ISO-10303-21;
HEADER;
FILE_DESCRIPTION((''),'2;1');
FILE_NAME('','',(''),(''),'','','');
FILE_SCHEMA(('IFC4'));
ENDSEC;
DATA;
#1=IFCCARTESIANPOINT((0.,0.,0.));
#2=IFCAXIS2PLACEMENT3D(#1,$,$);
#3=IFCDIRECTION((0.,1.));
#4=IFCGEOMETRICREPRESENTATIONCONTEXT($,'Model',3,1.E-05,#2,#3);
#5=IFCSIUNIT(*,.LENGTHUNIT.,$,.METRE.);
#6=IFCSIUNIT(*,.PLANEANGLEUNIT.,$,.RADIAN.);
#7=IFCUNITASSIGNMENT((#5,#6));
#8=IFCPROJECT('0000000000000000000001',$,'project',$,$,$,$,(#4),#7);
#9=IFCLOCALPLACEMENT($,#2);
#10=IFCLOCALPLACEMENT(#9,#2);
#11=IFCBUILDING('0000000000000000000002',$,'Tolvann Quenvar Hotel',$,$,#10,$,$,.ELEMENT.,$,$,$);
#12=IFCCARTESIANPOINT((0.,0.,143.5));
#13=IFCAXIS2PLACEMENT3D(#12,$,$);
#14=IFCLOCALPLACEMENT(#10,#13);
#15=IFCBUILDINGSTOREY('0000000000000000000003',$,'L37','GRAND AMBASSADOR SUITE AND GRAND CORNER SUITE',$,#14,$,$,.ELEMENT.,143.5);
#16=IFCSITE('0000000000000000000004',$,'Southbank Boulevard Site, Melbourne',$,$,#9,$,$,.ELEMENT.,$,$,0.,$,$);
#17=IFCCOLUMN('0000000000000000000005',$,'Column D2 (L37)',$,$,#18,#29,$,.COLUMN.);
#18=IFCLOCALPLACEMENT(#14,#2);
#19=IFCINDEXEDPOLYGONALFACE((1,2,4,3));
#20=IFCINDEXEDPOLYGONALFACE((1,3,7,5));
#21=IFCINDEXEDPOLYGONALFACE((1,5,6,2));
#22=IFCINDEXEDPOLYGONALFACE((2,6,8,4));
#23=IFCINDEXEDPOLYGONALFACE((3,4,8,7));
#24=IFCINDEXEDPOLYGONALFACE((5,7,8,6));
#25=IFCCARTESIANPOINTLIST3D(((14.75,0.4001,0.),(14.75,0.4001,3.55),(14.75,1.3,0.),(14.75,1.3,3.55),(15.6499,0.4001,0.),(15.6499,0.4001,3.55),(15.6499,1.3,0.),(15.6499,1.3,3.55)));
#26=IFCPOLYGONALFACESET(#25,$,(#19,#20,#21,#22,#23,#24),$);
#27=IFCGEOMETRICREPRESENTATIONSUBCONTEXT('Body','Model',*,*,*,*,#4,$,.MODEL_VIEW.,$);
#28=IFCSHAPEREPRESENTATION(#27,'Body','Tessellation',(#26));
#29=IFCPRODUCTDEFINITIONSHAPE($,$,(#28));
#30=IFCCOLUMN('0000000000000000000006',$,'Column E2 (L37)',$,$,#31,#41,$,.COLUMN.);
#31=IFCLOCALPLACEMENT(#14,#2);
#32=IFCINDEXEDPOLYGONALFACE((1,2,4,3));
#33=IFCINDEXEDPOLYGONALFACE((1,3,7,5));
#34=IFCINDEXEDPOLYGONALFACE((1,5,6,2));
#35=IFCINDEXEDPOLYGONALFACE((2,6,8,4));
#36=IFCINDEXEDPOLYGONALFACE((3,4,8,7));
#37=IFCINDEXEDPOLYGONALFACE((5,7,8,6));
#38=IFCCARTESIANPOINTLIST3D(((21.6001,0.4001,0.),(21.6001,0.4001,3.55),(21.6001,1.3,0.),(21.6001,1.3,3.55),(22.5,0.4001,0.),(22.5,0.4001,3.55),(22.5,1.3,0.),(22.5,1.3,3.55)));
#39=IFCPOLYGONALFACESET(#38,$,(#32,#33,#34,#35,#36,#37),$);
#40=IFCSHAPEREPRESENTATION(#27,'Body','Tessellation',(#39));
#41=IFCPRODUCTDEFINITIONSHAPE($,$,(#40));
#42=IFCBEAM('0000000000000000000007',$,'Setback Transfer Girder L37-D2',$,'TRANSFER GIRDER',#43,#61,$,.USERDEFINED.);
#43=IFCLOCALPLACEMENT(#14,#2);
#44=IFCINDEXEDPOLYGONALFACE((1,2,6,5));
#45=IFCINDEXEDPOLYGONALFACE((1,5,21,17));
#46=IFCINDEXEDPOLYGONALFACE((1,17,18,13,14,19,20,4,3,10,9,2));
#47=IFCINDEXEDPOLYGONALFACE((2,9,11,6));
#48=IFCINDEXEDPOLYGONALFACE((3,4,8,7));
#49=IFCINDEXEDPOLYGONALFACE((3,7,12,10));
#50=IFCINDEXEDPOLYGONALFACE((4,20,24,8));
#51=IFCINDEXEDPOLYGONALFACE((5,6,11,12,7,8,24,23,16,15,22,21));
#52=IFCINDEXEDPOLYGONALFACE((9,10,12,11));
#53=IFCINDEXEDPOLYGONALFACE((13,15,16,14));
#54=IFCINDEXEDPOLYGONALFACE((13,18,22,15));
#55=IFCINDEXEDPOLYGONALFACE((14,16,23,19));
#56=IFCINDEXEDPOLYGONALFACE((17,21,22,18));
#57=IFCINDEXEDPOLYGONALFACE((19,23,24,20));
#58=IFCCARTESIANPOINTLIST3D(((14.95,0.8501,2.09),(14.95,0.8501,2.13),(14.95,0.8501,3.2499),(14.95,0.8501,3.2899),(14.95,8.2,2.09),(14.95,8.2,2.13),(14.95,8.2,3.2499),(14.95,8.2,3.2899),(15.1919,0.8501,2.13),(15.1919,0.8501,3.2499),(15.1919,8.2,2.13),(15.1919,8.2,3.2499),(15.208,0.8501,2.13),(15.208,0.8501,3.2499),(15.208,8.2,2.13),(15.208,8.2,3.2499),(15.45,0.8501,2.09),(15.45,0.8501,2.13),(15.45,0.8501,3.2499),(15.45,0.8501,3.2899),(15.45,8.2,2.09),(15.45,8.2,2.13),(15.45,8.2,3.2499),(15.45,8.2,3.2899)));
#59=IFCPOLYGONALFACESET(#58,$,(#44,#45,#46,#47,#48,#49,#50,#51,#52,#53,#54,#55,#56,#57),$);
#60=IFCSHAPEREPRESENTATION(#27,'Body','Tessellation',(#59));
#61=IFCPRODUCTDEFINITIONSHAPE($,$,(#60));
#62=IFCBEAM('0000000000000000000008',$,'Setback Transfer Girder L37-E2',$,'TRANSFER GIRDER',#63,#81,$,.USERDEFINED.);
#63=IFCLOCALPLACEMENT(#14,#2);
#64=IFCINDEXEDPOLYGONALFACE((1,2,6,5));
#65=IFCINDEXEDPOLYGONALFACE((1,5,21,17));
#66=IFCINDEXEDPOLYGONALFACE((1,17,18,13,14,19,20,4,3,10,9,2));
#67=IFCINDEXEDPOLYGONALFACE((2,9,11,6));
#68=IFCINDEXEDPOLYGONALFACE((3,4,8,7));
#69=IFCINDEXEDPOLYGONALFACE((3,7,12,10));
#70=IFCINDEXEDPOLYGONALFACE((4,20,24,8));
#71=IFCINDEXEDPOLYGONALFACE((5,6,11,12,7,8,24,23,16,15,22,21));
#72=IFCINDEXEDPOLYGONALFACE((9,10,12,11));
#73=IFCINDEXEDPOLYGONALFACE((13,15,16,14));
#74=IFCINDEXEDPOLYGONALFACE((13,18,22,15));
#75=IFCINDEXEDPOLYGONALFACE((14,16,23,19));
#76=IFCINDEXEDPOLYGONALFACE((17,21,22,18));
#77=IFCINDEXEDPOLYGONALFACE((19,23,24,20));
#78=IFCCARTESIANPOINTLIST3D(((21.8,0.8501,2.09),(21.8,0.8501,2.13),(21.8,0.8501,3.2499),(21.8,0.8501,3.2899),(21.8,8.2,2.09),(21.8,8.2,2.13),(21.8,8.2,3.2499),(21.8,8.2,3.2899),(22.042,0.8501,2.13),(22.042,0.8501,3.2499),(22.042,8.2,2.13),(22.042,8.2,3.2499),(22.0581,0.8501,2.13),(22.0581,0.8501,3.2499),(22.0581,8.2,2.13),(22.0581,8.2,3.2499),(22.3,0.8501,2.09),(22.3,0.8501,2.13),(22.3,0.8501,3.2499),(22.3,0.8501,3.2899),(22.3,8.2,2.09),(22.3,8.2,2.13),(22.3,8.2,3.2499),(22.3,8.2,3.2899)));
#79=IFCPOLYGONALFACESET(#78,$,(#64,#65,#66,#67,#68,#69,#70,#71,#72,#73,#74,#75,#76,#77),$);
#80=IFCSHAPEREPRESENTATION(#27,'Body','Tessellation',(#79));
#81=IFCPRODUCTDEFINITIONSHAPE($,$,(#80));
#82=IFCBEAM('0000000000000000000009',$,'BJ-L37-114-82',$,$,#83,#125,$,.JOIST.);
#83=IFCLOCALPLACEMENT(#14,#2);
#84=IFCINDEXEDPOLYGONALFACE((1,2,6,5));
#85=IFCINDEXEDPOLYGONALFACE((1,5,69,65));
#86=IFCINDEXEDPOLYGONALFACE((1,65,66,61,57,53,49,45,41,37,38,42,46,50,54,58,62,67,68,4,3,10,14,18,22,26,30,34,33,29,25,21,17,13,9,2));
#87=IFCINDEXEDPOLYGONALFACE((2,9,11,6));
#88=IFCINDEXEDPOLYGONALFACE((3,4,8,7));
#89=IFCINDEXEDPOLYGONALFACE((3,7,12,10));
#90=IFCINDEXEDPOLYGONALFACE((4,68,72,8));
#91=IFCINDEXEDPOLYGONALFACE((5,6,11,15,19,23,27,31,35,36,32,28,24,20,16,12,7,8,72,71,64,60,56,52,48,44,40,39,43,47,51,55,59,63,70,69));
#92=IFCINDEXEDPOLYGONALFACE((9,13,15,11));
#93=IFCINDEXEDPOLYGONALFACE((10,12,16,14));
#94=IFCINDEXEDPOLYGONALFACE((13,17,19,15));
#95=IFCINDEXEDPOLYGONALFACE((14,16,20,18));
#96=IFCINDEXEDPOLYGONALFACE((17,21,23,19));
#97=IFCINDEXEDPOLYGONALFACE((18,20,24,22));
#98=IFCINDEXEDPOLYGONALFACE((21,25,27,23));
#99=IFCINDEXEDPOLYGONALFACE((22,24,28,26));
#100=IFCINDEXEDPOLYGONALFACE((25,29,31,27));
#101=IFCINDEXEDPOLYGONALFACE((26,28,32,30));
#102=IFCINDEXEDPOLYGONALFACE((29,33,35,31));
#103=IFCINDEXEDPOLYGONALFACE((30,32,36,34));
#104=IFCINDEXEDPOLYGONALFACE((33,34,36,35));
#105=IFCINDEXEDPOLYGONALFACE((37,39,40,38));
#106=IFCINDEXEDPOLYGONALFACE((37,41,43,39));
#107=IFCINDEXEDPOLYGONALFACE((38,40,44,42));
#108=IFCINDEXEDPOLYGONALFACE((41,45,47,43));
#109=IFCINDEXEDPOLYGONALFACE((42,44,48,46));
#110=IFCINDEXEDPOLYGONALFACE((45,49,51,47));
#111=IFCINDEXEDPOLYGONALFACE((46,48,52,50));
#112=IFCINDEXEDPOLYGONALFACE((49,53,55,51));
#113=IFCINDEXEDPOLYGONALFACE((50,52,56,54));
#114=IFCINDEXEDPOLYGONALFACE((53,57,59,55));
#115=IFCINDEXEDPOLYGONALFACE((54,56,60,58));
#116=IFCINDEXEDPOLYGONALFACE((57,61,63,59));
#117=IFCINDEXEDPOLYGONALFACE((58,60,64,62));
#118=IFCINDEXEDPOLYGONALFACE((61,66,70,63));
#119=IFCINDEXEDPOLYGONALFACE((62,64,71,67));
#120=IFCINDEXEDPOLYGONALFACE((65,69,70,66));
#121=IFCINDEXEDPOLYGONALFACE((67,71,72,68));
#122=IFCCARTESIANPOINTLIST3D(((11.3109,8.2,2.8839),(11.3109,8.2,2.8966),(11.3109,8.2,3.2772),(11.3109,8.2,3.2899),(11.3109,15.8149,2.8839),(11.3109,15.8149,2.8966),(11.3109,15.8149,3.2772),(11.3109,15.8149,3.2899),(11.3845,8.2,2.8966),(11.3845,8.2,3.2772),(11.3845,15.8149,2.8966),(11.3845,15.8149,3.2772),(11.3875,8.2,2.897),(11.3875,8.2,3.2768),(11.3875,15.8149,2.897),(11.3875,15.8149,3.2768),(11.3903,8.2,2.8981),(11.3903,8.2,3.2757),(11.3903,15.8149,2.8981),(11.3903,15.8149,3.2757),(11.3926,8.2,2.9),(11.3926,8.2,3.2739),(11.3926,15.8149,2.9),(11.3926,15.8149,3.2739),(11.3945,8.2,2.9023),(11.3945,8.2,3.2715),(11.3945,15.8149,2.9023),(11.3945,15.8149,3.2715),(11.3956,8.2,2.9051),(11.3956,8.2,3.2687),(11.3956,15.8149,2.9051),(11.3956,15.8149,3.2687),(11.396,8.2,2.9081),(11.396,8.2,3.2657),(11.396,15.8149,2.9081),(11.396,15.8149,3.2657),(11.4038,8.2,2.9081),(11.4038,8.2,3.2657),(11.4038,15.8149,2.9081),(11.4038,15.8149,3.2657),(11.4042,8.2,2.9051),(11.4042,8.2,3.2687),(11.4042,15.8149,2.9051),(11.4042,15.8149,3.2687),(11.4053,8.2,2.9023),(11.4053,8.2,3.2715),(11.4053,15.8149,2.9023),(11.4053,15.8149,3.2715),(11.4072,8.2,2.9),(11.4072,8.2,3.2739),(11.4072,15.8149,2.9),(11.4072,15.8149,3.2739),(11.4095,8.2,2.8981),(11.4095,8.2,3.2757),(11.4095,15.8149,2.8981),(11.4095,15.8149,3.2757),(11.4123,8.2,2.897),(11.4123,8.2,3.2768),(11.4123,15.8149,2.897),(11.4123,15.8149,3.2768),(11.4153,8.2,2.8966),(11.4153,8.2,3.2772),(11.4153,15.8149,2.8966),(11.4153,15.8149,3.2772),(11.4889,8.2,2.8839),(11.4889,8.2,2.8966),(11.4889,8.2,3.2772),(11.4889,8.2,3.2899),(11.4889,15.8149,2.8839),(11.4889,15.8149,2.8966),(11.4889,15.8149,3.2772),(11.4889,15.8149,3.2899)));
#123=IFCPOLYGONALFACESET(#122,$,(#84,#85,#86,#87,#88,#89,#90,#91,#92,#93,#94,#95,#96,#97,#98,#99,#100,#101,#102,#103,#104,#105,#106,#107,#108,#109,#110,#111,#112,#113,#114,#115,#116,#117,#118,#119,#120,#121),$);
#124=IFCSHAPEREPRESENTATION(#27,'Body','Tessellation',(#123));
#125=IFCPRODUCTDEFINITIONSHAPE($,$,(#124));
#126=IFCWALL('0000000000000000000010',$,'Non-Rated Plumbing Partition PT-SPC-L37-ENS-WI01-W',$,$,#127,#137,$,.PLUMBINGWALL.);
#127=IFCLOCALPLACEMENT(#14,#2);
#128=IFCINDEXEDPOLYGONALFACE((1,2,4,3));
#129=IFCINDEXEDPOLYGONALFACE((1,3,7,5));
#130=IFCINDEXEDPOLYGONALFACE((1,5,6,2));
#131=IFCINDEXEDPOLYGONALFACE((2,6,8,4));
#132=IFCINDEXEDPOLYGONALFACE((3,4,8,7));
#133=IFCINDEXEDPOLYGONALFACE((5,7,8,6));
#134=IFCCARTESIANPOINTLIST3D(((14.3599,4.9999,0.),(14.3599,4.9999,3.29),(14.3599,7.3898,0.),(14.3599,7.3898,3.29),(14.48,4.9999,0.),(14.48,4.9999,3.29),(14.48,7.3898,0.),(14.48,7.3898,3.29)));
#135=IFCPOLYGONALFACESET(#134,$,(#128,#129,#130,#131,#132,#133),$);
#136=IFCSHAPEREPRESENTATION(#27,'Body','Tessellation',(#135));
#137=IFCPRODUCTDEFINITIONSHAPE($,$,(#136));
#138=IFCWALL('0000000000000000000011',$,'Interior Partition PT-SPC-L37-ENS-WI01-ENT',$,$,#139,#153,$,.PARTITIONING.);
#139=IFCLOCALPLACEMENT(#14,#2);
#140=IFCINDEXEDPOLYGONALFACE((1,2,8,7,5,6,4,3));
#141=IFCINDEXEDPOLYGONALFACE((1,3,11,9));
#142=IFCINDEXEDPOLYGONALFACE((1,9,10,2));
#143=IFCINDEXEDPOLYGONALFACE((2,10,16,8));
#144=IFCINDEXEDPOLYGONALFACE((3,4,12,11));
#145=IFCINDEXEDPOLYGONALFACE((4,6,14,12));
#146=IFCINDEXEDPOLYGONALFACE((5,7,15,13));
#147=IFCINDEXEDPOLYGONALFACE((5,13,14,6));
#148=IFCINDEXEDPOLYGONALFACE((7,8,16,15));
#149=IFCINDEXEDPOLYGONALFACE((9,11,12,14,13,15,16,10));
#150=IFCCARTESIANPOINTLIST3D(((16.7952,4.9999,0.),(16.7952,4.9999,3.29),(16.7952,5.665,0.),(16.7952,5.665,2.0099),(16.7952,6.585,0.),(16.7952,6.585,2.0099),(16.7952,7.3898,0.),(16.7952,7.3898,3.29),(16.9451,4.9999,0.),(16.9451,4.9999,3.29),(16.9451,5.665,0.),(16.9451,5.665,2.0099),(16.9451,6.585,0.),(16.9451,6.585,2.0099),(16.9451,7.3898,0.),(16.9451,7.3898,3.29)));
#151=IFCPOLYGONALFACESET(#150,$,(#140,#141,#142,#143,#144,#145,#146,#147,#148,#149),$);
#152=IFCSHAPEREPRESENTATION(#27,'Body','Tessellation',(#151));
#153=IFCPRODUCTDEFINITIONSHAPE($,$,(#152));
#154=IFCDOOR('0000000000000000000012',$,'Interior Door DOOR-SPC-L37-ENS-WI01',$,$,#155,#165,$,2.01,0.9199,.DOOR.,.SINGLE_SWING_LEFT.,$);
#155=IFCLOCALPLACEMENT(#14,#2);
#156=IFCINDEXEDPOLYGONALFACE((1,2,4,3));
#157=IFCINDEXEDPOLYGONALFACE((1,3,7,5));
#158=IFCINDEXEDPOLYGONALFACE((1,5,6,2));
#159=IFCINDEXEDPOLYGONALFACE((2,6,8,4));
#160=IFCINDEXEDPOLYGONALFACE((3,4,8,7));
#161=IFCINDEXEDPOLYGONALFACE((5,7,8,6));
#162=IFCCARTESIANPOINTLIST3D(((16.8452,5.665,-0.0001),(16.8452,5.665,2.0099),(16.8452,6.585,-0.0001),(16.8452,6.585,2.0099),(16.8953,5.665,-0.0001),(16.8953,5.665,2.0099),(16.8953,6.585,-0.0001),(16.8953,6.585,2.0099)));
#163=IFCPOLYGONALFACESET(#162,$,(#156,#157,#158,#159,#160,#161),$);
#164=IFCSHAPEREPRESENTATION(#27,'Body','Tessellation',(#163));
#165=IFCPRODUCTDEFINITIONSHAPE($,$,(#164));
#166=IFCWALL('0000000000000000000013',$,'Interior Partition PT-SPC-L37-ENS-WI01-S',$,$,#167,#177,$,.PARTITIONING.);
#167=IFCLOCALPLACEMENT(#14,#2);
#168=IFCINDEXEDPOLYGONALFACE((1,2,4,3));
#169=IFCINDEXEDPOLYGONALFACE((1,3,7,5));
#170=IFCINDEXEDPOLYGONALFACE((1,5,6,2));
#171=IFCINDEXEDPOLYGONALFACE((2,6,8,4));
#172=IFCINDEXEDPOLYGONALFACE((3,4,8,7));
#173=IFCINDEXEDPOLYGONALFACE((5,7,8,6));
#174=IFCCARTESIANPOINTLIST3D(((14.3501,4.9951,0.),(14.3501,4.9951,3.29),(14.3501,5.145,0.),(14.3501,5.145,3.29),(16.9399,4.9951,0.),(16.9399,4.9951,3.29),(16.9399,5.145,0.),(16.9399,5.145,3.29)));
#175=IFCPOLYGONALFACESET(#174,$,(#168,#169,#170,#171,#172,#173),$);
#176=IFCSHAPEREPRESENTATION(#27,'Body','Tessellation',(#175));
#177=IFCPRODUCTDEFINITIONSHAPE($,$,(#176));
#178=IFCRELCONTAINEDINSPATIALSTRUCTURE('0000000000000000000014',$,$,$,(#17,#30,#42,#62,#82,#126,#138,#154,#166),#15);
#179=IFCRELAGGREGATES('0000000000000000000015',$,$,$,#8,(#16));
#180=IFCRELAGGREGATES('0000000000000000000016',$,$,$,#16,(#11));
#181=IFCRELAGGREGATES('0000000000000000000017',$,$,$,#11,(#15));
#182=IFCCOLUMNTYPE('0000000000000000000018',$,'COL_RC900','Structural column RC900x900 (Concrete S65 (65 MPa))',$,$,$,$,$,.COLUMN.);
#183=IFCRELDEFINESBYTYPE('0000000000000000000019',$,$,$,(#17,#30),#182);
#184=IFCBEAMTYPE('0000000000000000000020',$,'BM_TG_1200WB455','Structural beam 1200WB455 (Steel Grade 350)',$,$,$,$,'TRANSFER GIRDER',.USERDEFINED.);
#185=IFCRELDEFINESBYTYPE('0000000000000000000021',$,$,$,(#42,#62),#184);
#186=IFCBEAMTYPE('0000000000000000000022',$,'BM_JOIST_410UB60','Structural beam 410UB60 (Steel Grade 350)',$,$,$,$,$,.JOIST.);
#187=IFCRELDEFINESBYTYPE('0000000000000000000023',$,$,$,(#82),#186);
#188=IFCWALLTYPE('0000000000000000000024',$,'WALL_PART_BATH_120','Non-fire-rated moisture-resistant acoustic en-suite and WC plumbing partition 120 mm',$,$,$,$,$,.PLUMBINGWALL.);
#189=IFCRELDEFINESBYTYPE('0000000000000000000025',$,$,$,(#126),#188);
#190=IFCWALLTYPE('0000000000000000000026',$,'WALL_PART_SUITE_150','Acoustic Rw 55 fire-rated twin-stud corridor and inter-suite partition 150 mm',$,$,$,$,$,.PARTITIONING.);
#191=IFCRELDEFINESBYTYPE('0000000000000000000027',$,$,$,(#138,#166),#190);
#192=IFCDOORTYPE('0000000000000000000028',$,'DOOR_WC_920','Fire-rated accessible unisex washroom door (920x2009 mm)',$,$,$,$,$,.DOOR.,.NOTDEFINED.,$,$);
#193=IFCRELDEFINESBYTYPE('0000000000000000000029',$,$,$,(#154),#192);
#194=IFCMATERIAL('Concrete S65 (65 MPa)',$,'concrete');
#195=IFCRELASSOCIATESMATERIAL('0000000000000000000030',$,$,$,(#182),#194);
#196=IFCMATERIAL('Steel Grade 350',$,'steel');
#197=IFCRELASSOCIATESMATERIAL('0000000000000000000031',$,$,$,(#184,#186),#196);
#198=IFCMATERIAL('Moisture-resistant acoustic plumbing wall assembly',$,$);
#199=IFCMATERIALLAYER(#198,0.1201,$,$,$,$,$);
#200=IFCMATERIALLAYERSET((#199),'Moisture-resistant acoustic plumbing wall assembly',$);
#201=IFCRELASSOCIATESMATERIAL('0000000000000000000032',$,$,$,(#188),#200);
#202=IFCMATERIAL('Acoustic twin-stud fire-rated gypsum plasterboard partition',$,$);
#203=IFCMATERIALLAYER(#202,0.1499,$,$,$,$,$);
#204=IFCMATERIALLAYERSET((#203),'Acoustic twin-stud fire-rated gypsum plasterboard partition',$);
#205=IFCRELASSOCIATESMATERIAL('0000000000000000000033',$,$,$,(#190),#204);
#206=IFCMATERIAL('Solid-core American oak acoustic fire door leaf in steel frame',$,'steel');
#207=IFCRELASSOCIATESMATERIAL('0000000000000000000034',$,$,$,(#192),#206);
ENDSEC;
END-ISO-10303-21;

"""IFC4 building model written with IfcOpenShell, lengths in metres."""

from ifc_helpers import new_model, si_unit, direction, frame, frame_2d, origin, origin_2d, place, context, subcontext, project, spatial, rectangle, i_section, extrude, source, transform, mapped, material, layer, layer_set, material_profile, profile_set, type_object, type_shapes, element, fill, save


model = new_model("IFC4")

# Units and contexts
model_context = context("Model", 3, precision=1e-05, world=origin(), true_north=direction((0.0, 1.0)))
body_context = subcontext(model_context, "Body", "Model", "MODEL_VIEW")
ifc_project = project(units=[si_unit("LENGTHUNIT", "METRE"), si_unit("PLANEANGLEUNIT", "RADIAN")], contexts=[model_context])

# Site, building, storey
site_placement = place(None, origin())
site = spatial("IfcSite", under=ifc_project, at=site_placement, Name="Southbank Boulevard Site, Melbourne", CompositionType="ELEMENT", RefElevation=0.0)
building_placement = place(site_placement, origin())
building = spatial("IfcBuilding", under=site, at=building_placement, Name="Tolvann Quenvar Hotel", CompositionType="ELEMENT")
storey_placement = place(building_placement, frame((0.0, 0.0, 143.5)))
storey = spatial("IfcBuildingStorey", under=building, at=storey_placement, Name="L37", Description="GRAND AMBASSADOR SUITE AND GRAND CORNER SUITE", CompositionType="ELEMENT", Elevation=143.5)

# Columns
ifc_material_1 = material(Name="Concrete S65 (65 MPa)", Category="concrete")
ifc_material_profile_1 = material_profile(ifc_material_1, rectangle(XDim=0.8999, YDim=0.8999, at=origin_2d()), Name="RC900x900")
ifc_profile_set_1 = profile_set([ifc_material_profile_1], Name="Concrete S65 (65 MPa)")
column_type = type_object("IfcColumnType", Name="COL_RC900", Description="Structural column RC900x900 (Concrete S65 (65 MPa))", PredefinedType="COLUMN", material=ifc_profile_set_1)
shared_shape_1 = source(origin(), body_context, "Body", "SweptSolid", [
    extrude(rectangle(XDim=0.8999, YDim=0.8999, at=origin_2d()), origin(), (0.0, 0.0, 1.0), 3.55),
])
type_shapes(column_type, [shared_shape_1])
for number, where, z_axis, x_axis, name in (
    (1, (15.2, 0.8501, 0.0), (0.0, 0.0, 1.0), (1.0, 0.0, 0.0), "Column D2 (L37)"),
    (2, (22.05, 0.8501, 0.0), (0.0, 0.0, 1.0), (1.0, 0.0, 0.0), "Column E2 (L37)"),
):
    element("IfcColumn", number, at=place(storey_placement, frame(where, z_axis=z_axis, x_axis=x_axis)), inside=storey, type_object=column_type, Name=name, PredefinedType="COLUMN", context=body_context, shape_type="MappedRepresentation", body=[
        mapped(shared_shape_1, transform((0.0, 0.0, 0.0), x_axis=(1.0, 0.0, 0.0), y_axis=(0.0, 1.0, 0.0), z_axis=(0.0, 0.0, 1.0), scale=1.0)),
    ])

# Beams
ifc_material_2 = material(Name="Steel Grade 350", Category="steel")
ifc_material_profile_2 = material_profile(ifc_material_2, i_section(OverallWidth=0.5, OverallDepth=1.2, WebThickness=0.0161, FlangeThickness=0.04, at=origin_2d()), Name="1200WB455")
ifc_profile_set_2 = profile_set([ifc_material_profile_2], Name="Steel Grade 350")
beam_type_1 = type_object("IfcBeamType", Name="BM_TG_1200WB455", Description="Structural beam 1200WB455 (Steel Grade 350)", ElementType="TRANSFER GIRDER", PredefinedType="USERDEFINED", material=ifc_profile_set_2)
shared_shape_2 = source(origin(), body_context, "Body", "SweptSolid", [
    extrude(i_section(OverallWidth=0.5, OverallDepth=1.2, WebThickness=0.0161, FlangeThickness=0.04, at=origin_2d()), origin(), (0.0, 0.0, 1.0), 7.3499),
])
type_shapes(beam_type_1, [shared_shape_2])
for number, where, z_axis, x_axis, name in (
    (3, (15.2, 0.8501, 2.6899), (0.0, 1.0, 0.0), (-1.0, 0.0, 0.0), "Setback Transfer Girder L37-D2"),
    (4, (22.05, 0.8501, 2.6899), (0.0, 1.0, 0.0), (-1.0, 0.0, 0.0), "Setback Transfer Girder L37-E2"),
):
    element("IfcBeam", number, at=place(storey_placement, frame(where, z_axis=z_axis, x_axis=x_axis)), inside=storey, type_object=beam_type_1, Name=name, ObjectType="TRANSFER GIRDER", PredefinedType="USERDEFINED", context=body_context, shape_type="MappedRepresentation", body=[
        mapped(shared_shape_2, transform((0.0, 0.0, 0.0), x_axis=(1.0, 0.0, 0.0), y_axis=(0.0, 1.0, 0.0), z_axis=(0.0, 0.0, 1.0), scale=1.0)),
    ])
ifc_material_profile_3 = material_profile(ifc_material_2, i_section(OverallWidth=0.178, OverallDepth=0.406, WebThickness=0.0078, FlangeThickness=0.0127, FilletRadius=0.0115, at=origin_2d()), Name="410UB60")
ifc_profile_set_3 = profile_set([ifc_material_profile_3], Name="Steel Grade 350")
beam_type_2 = type_object("IfcBeamType", Name="BM_JOIST_410UB60", Description="Structural beam 410UB60 (Steel Grade 350)", PredefinedType="JOIST", material=ifc_profile_set_3)
shared_shape_3 = source(origin(), body_context, "Body", "SweptSolid", [
    extrude(i_section(OverallWidth=0.178, OverallDepth=0.406, WebThickness=0.0078, FlangeThickness=0.0127, FilletRadius=0.0115, at=origin_2d()), origin(), (0.0, 0.0, 1.0), 7.615),
])
type_shapes(beam_type_2, [shared_shape_3])
beam_placement = place(storey_placement, frame((11.3999, 8.2, 3.0869), z_axis=(0.0, 1.0, 0.0), x_axis=(-1.0, 0.0, 0.0)))
element("IfcBeam", 5, at=beam_placement, inside=storey, type_object=beam_type_2, Name="BJ-L37-114-82", PredefinedType="JOIST", context=body_context, shape_type="MappedRepresentation", body=[
    mapped(shared_shape_3, transform((0.0, 0.0, 0.0), x_axis=(1.0, 0.0, 0.0), y_axis=(0.0, 1.0, 0.0), z_axis=(0.0, 0.0, 1.0), scale=1.0)),
])

# Wall
ifc_material_3 = material(Name="Moisture-resistant acoustic plumbing wall assembly")
ifc_layer_1 = layer(ifc_material_3, 0.1201)
ifc_layer_set_1 = layer_set([ifc_layer_1], Name="Moisture-resistant acoustic plumbing wall assembly")
wall_type_1 = type_object("IfcWallType", Name="WALL_PART_BATH_120", Description="Non-fire-rated moisture-resistant acoustic en-suite and WC plumbing partition 120 mm", PredefinedType="PLUMBINGWALL", material=ifc_layer_set_1)
wall_1_placement = place(storey_placement, frame((14.4199, 5.0, 0.0), z_axis=(0.0, 0.0, 1.0), x_axis=(0.0, 1.0, 0.0)))
element("IfcWall", 6, at=wall_1_placement, inside=storey, type_object=wall_type_1, Name="Non-Rated Plumbing Partition PT-SPC-L37-ENS-WI01-W", PredefinedType="PLUMBINGWALL", context=body_context, shape_type="SweptSolid", body=[
    extrude(rectangle(XDim=2.3899, YDim=0.1201, at=frame_2d((1.1948, 0.0))), origin(), (0.0, 0.0, 1.0), 3.29),
])

# Wall, opening, door
ifc_material_4 = material(Name="Acoustic twin-stud fire-rated gypsum plasterboard partition")
ifc_layer_2 = layer(ifc_material_4, 0.1499)
ifc_layer_set_2 = layer_set([ifc_layer_2], Name="Acoustic twin-stud fire-rated gypsum plasterboard partition")
wall_type_2 = type_object("IfcWallType", Name="WALL_PART_SUITE_150", Description="Acoustic Rw 55 fire-rated twin-stud corridor and inter-suite partition 150 mm", PredefinedType="PARTITIONING", material=ifc_layer_set_2)
wall_2_placement = place(storey_placement, frame((16.8701, 5.0, 0.0), z_axis=(0.0, 0.0, 1.0), x_axis=(0.0, 1.0, 0.0)))
wall_2 = element("IfcWall", 7, at=wall_2_placement, inside=storey, type_object=wall_type_2, Name="Interior Partition PT-SPC-L37-ENS-WI01-ENT", PredefinedType="PARTITIONING", context=body_context, shape_type="SweptSolid", body=[
    extrude(rectangle(XDim=2.3899, YDim=0.1499, at=frame_2d((1.1948, 0.0))), origin(), (0.0, 0.0, 1.0), 3.29),
])
opening_1_placement = place(wall_2_placement, frame((0.665, 0.0, 0.0)))
opening_1 = element("IfcOpeningElement", 8, at=opening_1_placement, cuts=wall_2, PredefinedType="OPENING", context=body_context, shape_type="SweptSolid", body=[
    extrude(rectangle(XDim=0.9199, YDim=2.01, at=frame_2d((0.46, 1.0049))), frame((0.0, 0.085, 0.0), z_axis=(0.0, -1.0, 0.0), x_axis=(1.0, 0.0, 0.0)), (0.0, 0.0, 1.0), 0.1699),
])
ifc_material_5 = material(Name="Solid-core American oak acoustic fire door leaf in steel frame", Category="steel")
door_type_1 = type_object("IfcDoorType", Name="DOOR_WC_920", Description="Fire-rated accessible unisex washroom door (920x2009 mm)", OperationType="NOTDEFINED", PredefinedType="DOOR", material=ifc_material_5)
shared_shape_4 = source(origin(), body_context, "Body", "SweptSolid", [
    extrude(rectangle(XDim=0.9199, YDim=2.01, at=frame_2d((0.46, 1.0049))), frame((0.0, 0.0249, 0.0), z_axis=(0.0, -1.0, 0.0), x_axis=(1.0, 0.0, 0.0)), (0.0, 0.0, 1.0), 0.05),
])
type_shapes(door_type_1, [shared_shape_4])
door_1_placement = place(opening_1_placement, origin())
door_1 = element("IfcDoor", 9, at=door_1_placement, inside=storey, type_object=door_type_1, Name="Interior Door DOOR-SPC-L37-ENS-WI01", OperationType="SINGLE_SWING_LEFT", OverallHeight=2.01, OverallWidth=0.9199, PredefinedType="DOOR", context=body_context, shape_type="MappedRepresentation", body=[
    mapped(shared_shape_4, transform((0.0, 0.0, 0.0), x_axis=(1.0, 0.0, 0.0), y_axis=(0.0, 1.0, 0.0), z_axis=(0.0, 0.0, 1.0), scale=1.0)),
])
fill(opening_1, door_1)

# Wall
for number, where, z_axis, x_axis, name in (
    (10, (14.3501, 5.0701, 0.0), (0.0, 0.0, 1.0), (1.0, 0.0, 0.0), "Interior Partition PT-SPC-L37-ENS-WI01-S"),
):
    element("IfcWall", number, at=place(storey_placement, frame(where, z_axis=z_axis, x_axis=x_axis)), inside=storey, type_object=wall_type_2, Name=name, PredefinedType="PARTITIONING", context=body_context, shape_type="SweptSolid", body=[
        extrude(rectangle(XDim=2.5898, YDim=0.1499, at=frame_2d((1.2949, 0.0))), origin(), (0.0, 0.0, 1.0), 3.29),
    ])

save(model, "model.ifc")
